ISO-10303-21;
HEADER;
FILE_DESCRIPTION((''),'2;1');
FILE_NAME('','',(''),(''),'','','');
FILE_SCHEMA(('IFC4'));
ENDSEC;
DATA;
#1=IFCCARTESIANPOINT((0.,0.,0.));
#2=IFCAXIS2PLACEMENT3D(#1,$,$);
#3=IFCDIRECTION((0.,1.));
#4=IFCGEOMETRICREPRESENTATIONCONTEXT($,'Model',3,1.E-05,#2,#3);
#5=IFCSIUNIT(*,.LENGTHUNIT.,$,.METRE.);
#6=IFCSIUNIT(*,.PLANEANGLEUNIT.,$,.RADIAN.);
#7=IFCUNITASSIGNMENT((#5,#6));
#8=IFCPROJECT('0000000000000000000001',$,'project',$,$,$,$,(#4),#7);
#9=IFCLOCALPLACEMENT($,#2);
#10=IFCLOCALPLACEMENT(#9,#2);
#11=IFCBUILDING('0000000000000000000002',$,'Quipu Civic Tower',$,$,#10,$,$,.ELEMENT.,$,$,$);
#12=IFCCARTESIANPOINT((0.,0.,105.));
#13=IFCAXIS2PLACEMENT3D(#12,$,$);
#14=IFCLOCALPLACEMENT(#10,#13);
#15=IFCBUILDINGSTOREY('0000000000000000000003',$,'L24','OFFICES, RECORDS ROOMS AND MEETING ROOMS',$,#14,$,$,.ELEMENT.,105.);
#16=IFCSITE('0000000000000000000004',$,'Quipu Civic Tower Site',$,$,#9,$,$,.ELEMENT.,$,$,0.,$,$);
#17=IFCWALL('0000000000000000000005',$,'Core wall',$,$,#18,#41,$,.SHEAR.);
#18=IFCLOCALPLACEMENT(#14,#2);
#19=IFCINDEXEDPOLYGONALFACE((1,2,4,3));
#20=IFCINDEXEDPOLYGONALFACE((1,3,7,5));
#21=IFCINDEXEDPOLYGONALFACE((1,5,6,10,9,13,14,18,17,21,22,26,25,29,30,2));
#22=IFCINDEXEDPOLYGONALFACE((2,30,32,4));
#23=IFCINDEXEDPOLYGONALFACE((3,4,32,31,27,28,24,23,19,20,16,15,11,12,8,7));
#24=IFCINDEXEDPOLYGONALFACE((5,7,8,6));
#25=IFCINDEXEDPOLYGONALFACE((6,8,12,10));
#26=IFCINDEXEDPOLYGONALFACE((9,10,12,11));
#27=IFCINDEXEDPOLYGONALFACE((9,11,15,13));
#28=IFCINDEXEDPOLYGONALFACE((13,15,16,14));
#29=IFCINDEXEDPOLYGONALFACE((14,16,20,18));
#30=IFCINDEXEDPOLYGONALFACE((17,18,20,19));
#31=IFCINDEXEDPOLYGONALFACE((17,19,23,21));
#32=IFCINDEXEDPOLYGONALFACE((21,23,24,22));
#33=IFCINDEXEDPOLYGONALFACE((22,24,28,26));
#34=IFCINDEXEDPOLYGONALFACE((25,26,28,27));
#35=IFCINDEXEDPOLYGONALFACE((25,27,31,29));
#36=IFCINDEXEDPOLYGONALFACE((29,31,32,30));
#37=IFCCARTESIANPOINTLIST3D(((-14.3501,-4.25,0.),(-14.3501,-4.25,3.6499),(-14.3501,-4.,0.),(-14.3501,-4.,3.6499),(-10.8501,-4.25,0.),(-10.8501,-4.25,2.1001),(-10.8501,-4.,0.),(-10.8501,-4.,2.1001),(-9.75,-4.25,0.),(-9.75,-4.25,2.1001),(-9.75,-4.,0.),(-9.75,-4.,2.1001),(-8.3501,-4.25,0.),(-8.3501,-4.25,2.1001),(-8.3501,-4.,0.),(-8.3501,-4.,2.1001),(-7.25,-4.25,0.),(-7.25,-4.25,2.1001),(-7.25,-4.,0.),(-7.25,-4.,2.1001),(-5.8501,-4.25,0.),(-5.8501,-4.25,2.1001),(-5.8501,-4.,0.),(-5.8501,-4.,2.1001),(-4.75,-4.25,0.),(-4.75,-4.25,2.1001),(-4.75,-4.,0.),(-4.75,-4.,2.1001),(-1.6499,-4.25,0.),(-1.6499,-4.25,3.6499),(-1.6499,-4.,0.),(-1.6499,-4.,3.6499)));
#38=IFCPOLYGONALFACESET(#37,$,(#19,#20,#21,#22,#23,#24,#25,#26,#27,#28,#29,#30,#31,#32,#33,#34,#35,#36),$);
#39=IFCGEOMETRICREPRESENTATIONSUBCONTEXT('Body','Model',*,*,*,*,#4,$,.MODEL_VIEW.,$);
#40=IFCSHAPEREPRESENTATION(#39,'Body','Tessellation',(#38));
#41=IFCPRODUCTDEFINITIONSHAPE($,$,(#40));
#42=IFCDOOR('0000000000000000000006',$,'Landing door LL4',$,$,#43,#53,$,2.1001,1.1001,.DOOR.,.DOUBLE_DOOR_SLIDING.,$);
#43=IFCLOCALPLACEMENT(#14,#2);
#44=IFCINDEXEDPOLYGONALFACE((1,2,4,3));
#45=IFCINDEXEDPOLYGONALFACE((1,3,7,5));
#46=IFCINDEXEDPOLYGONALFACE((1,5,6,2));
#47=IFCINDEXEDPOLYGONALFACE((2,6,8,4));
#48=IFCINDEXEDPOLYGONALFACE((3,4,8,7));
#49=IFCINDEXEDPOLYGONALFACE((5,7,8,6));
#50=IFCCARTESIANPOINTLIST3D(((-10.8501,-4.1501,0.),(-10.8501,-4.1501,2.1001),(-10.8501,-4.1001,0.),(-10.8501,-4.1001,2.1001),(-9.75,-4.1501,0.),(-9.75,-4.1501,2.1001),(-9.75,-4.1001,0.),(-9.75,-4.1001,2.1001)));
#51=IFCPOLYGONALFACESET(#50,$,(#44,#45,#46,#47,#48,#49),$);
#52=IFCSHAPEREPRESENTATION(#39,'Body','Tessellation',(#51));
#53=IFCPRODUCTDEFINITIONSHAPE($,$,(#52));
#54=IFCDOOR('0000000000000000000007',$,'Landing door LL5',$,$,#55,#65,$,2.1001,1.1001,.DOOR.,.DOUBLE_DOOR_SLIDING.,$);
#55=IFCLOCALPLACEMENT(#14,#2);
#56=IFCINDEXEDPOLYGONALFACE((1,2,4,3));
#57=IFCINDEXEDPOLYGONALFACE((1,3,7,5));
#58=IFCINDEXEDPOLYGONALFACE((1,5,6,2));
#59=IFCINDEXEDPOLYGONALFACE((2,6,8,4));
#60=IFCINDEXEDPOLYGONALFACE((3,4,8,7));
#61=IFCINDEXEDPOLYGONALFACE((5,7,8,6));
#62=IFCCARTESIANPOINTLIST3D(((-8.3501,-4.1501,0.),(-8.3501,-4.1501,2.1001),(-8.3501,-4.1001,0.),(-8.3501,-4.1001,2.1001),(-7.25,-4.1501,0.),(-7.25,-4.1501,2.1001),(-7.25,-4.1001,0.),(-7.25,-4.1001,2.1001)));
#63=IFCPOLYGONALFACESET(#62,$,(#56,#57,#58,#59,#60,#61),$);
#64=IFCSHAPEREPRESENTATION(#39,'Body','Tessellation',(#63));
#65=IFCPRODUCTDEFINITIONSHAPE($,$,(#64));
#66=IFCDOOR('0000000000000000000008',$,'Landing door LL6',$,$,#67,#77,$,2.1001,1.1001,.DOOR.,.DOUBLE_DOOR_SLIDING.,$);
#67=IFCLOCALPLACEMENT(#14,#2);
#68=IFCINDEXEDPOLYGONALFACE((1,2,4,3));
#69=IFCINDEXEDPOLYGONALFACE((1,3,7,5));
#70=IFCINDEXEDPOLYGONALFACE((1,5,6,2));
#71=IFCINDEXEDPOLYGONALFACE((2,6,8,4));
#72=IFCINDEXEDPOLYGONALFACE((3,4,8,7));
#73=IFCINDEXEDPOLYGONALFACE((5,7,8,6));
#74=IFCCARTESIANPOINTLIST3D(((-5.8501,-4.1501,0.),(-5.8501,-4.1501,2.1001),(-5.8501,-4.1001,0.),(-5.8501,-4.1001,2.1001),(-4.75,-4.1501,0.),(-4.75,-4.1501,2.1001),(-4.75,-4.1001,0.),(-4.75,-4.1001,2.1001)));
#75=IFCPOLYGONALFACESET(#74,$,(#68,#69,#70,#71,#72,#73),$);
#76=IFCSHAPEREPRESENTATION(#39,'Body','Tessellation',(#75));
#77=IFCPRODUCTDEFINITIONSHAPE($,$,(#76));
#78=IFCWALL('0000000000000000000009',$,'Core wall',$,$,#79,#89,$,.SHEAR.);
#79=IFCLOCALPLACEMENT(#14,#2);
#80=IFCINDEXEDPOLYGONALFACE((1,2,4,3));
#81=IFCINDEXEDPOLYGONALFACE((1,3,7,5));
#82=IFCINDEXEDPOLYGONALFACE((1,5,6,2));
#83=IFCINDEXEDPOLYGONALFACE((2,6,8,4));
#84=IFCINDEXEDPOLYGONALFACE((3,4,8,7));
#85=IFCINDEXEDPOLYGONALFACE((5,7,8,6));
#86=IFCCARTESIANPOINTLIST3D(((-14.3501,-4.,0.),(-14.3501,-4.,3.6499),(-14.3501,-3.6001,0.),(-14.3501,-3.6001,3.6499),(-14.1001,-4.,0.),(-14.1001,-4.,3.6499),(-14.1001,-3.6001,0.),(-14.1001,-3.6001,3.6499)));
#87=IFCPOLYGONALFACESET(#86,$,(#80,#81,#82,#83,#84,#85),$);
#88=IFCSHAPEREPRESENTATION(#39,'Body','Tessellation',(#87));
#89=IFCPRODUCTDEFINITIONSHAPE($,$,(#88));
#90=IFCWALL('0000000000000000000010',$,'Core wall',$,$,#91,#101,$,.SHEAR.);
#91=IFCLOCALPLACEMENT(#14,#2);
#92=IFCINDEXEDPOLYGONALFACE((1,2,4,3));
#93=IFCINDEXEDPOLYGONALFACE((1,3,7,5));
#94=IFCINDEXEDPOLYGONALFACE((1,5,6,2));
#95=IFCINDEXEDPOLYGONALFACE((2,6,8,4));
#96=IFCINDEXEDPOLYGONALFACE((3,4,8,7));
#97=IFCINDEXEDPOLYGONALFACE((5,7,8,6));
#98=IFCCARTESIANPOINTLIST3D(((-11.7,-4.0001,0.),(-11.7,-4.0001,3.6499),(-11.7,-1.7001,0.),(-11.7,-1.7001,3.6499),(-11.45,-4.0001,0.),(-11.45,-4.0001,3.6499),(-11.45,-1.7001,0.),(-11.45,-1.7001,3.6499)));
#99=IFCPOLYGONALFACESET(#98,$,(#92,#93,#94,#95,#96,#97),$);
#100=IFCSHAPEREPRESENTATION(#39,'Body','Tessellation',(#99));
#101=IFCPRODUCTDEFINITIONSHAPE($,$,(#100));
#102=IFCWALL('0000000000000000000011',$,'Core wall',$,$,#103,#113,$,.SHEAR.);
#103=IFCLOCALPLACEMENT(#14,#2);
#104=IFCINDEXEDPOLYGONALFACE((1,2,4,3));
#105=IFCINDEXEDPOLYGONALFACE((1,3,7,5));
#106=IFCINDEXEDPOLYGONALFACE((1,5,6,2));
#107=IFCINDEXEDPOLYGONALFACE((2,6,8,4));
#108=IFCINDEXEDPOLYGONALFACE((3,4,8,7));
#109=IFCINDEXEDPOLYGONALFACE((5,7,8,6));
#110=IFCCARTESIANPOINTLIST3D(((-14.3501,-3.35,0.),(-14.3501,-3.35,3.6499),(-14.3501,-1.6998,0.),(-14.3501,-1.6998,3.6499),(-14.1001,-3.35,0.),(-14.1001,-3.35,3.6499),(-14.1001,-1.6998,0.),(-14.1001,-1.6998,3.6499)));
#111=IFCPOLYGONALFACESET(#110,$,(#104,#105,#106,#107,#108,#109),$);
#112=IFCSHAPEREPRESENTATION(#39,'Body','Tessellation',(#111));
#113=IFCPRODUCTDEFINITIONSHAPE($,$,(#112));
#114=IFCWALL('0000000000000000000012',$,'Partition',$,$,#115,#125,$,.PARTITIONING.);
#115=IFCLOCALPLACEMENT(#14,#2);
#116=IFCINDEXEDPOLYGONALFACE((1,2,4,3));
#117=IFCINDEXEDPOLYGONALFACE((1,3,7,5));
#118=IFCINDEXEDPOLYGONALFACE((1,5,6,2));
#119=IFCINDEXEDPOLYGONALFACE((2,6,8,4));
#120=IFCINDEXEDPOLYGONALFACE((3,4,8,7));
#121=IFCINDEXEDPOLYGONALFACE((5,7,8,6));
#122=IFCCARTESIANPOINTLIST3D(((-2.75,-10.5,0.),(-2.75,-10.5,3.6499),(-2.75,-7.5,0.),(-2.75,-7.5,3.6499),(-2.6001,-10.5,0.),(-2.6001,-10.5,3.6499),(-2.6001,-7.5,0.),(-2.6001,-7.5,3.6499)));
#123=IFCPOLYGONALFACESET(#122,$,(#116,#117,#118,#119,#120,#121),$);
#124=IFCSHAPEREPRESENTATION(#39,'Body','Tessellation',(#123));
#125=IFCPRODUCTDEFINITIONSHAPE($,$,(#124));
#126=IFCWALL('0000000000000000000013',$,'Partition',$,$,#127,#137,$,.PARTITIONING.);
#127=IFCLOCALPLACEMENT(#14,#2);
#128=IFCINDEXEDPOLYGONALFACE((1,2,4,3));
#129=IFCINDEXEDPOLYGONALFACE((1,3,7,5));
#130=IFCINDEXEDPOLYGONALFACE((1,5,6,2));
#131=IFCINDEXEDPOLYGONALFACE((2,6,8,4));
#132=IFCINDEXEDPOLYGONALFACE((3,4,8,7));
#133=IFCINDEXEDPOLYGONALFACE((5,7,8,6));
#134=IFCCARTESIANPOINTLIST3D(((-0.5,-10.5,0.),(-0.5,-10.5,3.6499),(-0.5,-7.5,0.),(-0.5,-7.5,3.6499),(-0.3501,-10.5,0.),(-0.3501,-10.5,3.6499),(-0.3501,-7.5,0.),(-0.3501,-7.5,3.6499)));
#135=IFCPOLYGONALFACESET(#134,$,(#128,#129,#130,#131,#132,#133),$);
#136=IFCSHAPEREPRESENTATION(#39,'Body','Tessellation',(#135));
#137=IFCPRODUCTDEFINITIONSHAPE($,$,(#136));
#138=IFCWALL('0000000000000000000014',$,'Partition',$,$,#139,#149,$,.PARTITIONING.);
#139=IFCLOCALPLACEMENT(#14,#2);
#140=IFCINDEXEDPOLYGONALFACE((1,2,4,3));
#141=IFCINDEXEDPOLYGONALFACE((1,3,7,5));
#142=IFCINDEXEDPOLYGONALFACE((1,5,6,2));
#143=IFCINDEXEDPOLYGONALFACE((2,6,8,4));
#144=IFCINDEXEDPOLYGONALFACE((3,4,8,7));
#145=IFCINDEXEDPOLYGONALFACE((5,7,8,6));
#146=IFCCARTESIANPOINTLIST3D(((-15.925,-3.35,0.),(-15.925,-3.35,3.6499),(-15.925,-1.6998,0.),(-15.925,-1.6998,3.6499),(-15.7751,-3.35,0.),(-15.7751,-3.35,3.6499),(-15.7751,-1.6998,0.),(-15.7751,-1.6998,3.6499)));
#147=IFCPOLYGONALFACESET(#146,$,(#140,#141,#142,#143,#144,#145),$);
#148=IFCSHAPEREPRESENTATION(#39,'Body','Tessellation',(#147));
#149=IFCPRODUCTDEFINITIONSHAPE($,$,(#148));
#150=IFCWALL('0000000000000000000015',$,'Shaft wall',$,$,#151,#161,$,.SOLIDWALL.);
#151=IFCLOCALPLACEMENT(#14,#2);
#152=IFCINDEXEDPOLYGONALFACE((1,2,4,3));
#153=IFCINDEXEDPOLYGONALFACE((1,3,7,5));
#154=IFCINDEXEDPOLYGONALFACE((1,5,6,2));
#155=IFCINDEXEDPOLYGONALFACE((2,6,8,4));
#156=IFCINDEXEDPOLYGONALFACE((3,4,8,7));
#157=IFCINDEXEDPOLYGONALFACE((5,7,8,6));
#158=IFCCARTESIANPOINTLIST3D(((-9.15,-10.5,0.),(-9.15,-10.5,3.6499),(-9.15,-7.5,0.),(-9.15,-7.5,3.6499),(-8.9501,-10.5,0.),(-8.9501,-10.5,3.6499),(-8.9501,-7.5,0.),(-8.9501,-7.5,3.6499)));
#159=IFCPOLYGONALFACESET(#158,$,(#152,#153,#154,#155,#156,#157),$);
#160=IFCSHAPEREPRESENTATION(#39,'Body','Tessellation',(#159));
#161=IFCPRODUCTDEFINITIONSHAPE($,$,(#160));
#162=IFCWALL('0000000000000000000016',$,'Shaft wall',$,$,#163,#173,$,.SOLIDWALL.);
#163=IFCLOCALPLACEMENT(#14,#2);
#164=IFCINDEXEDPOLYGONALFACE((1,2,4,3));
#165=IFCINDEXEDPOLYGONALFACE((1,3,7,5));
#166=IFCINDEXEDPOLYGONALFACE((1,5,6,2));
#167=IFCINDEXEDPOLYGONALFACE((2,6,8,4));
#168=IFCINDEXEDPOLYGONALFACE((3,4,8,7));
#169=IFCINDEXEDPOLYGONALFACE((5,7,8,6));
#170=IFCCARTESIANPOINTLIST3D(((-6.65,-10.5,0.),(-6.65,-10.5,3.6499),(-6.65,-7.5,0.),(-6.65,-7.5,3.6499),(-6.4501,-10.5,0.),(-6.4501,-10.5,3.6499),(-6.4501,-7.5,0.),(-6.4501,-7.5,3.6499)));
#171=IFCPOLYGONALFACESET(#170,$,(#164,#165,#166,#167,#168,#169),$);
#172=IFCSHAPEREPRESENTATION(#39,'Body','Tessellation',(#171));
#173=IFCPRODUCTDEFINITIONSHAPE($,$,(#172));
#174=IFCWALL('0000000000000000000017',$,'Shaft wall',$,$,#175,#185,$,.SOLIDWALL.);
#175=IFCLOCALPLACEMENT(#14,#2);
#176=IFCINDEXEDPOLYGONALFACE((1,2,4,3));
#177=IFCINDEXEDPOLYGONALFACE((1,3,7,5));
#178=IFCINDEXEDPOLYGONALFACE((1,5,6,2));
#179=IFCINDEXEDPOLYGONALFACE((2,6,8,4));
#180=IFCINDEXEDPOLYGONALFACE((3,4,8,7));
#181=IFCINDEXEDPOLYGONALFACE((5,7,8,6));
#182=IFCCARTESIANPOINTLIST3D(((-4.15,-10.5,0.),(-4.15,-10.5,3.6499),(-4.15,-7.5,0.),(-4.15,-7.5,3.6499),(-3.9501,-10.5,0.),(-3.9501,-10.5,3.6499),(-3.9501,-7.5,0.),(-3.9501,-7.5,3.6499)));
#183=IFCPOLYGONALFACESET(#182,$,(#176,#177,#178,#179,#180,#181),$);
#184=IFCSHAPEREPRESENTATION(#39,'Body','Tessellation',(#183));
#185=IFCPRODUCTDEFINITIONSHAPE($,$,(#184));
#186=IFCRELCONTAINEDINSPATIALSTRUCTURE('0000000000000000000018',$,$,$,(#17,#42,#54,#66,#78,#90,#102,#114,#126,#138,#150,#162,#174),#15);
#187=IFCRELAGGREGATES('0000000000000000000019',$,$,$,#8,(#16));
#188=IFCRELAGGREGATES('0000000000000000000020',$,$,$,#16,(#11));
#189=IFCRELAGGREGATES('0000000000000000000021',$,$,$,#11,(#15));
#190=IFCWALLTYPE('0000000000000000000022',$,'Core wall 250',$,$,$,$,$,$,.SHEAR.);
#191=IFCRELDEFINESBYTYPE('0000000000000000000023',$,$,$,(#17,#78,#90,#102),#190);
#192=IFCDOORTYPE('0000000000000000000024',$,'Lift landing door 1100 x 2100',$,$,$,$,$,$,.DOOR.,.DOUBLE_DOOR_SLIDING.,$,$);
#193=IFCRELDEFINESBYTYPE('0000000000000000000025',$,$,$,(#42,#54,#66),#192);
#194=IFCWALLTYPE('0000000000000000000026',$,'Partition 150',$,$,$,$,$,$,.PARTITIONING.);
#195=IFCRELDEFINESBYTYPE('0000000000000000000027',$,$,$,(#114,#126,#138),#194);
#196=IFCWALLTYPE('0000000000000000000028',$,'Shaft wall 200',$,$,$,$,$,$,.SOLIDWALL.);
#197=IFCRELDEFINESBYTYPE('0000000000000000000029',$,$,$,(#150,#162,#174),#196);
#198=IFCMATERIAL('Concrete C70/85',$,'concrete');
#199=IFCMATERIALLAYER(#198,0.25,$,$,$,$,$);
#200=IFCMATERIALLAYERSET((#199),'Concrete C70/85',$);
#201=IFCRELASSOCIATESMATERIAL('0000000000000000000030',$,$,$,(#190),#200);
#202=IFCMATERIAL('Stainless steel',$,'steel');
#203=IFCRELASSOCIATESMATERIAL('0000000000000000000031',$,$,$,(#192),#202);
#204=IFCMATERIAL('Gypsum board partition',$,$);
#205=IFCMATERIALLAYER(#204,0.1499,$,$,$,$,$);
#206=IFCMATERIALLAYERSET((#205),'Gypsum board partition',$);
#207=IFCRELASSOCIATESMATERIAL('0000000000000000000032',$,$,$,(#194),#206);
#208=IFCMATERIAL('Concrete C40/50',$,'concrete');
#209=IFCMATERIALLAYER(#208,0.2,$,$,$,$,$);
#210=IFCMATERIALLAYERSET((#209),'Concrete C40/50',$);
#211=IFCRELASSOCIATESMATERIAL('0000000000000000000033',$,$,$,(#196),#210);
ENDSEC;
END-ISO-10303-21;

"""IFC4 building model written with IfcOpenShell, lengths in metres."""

from ifc_helpers import new_model, si_unit, direction, frame, frame_2d, origin, place, context, subcontext, project, spatial, rectangle, extrude, material, layer, layer_set, type_object, element, fill, save


model = new_model("IFC4")

# Units and contexts
model_context = context("Model", 3, precision=1e-05, world=origin(), true_north=direction((0.0, 1.0)))
body_context = subcontext(model_context, "Body", "Model", "MODEL_VIEW")
ifc_project = project(units=[si_unit("LENGTHUNIT", "METRE"), si_unit("PLANEANGLEUNIT", "RADIAN")], contexts=[model_context])

# Site, building, storey
site_placement = place(None, origin())
site = spatial("IfcSite", under=ifc_project, at=site_placement, Name="Quipu Civic Tower Site", CompositionType="ELEMENT", RefElevation=0.0)
building_placement = place(site_placement, origin())
building = spatial("IfcBuilding", under=site, at=building_placement, Name="Quipu Civic Tower", CompositionType="ELEMENT")
storey_placement = place(building_placement, frame((0.0, 0.0, 105.0)))
storey = spatial("IfcBuildingStorey", under=building, at=storey_placement, Name="L24", Description="OFFICES, RECORDS ROOMS AND MEETING ROOMS", CompositionType="ELEMENT", Elevation=105.0)

# Shared definitions
ifc_material_1 = material(Name="Concrete C70/85", Category="concrete")
ifc_layer_1 = layer(ifc_material_1, 0.25)
ifc_layer_set_1 = layer_set([ifc_layer_1], Name="Concrete C70/85")
wall_type_1 = type_object("IfcWallType", Name="Core wall 250", PredefinedType="SHEAR", material=ifc_layer_set_1)

# Wall, openings, doors
wall_1_placement = place(storey_placement, frame((-14.3501, -4.125, 0.0), z_axis=(0.0, 0.0, 1.0), x_axis=(1.0, 0.0, 0.0)))
wall_1 = element("IfcWall", 1, at=wall_1_placement, inside=storey, type_object=wall_type_1, Name="Core wall", PredefinedType="SHEAR", context=body_context, shape_type="SweptSolid", body=[
    extrude(rectangle(XDim=12.7002, YDim=0.25, at=frame_2d((6.3501, 0.0))), origin(), (0.0, 0.0, 1.0), 3.6499),
])
opening_1_placement = place(wall_1_placement, frame((3.5, 0.0, 0.0)))
opening_1 = element("IfcOpeningElement", 2, at=opening_1_placement, cuts=wall_1, PredefinedType="OPENING", context=body_context, shape_type="SweptSolid", body=[
    extrude(rectangle(XDim=1.1001, YDim=2.1001, at=frame_2d((0.55, 1.05))), frame((0.0, 0.135, 0.0), z_axis=(0.0, -1.0, 0.0), x_axis=(1.0, 0.0, 0.0)), (0.0, 0.0, 1.0), 0.27),
])
opening_2_placement = place(wall_1_placement, frame((6.0, 0.0, 0.0)))
opening_2 = element("IfcOpeningElement", 3, at=opening_2_placement, cuts=wall_1, PredefinedType="OPENING", context=body_context, shape_type="SweptSolid", body=[
    extrude(rectangle(XDim=1.1001, YDim=2.1001, at=frame_2d((0.55, 1.05))), frame((0.0, 0.135, 0.0), z_axis=(0.0, -1.0, 0.0), x_axis=(1.0, 0.0, 0.0)), (0.0, 0.0, 1.0), 0.27),
])
opening_3_placement = place(wall_1_placement, frame((8.5, 0.0, 0.0)))
opening_3 = element("IfcOpeningElement", 4, at=opening_3_placement, cuts=wall_1, PredefinedType="OPENING", context=body_context, shape_type="SweptSolid", body=[
    extrude(rectangle(XDim=1.1001, YDim=2.1001, at=frame_2d((0.55, 1.05))), frame((0.0, 0.135, 0.0), z_axis=(0.0, -1.0, 0.0), x_axis=(1.0, 0.0, 0.0)), (0.0, 0.0, 1.0), 0.27),
])
ifc_material_2 = material(Name="Stainless steel", Category="steel")
door_type_1 = type_object("IfcDoorType", Name="Lift landing door 1100 x 2100", OperationType="DOUBLE_DOOR_SLIDING", PredefinedType="DOOR", material=ifc_material_2)
door_1_placement = place(opening_1_placement, origin())
door_1 = element("IfcDoor", 5, at=door_1_placement, inside=storey, type_object=door_type_1, Name="Landing door LL4", OperationType="DOUBLE_DOOR_SLIDING", OverallHeight=2.1001, OverallWidth=1.1001, PredefinedType="DOOR", context=body_context, shape_type="SweptSolid", body=[
    extrude(rectangle(XDim=1.1001, YDim=2.1001, at=frame_2d((0.55, 1.05))), frame((0.0, 0.0249, 0.0), z_axis=(0.0, -1.0, 0.0), x_axis=(1.0, 0.0, 0.0)), (0.0, 0.0, 1.0), 0.05),
])
fill(opening_1, door_1)
door_2_placement = place(opening_2_placement, origin())
door_2 = element("IfcDoor", 6, at=door_2_placement, inside=storey, type_object=door_type_1, Name="Landing door LL5", OperationType="DOUBLE_DOOR_SLIDING", OverallHeight=2.1001, OverallWidth=1.1001, PredefinedType="DOOR", context=body_context, shape_type="SweptSolid", body=[
    extrude(rectangle(XDim=1.1001, YDim=2.1001, at=frame_2d((0.55, 1.05))), frame((0.0, 0.0249, 0.0), z_axis=(0.0, -1.0, 0.0), x_axis=(1.0, 0.0, 0.0)), (0.0, 0.0, 1.0), 0.05),
])
fill(opening_2, door_2)
door_3_placement = place(opening_3_placement, origin())
door_3 = element("IfcDoor", 7, at=door_3_placement, inside=storey, type_object=door_type_1, Name="Landing door LL6", OperationType="DOUBLE_DOOR_SLIDING", OverallHeight=2.1001, OverallWidth=1.1001, PredefinedType="DOOR", context=body_context, shape_type="SweptSolid", body=[
    extrude(rectangle(XDim=1.1001, YDim=2.1001, at=frame_2d((0.55, 1.05))), frame((0.0, 0.0249, 0.0), z_axis=(0.0, -1.0, 0.0), x_axis=(1.0, 0.0, 0.0)), (0.0, 0.0, 1.0), 0.05),
])
fill(opening_3, door_3)

# Walls
wall_2_placement = place(storey_placement, frame((-14.2251, -4.0, 0.0), z_axis=(0.0, 0.0, 1.0), x_axis=(0.0, 1.0, 0.0)))
element("IfcWall", 8, at=wall_2_placement, inside=storey, type_object=wall_type_1, Name="Core wall", PredefinedType="SHEAR", context=body_context, shape_type="SweptSolid", body=[
    extrude(rectangle(XDim=0.3999, YDim=0.25, at=frame_2d((0.2, 0.0))), origin(), (0.0, 0.0, 1.0), 3.6499),
])
wall_3_placement = place(storey_placement, frame((-11.575, -4.0, 0.0), z_axis=(0.0, 0.0, 1.0), x_axis=(0.0, 1.0, 0.0)))
element("IfcWall", 9, at=wall_3_placement, inside=storey, type_object=wall_type_1, Name="Core wall", PredefinedType="SHEAR", context=body_context, shape_type="SweptSolid", body=[
    extrude(rectangle(XDim=2.3, YDim=0.25, at=frame_2d((1.1499, 0.0))), origin(), (0.0, 0.0, 1.0), 3.6499),
])
wall_4_placement = place(storey_placement, frame((-14.2251, -3.3501, 0.0), z_axis=(0.0, 0.0, 1.0), x_axis=(0.0, 1.0, 0.0)))
element("IfcWall", 10, at=wall_4_placement, inside=storey, type_object=wall_type_1, Name="Core wall", PredefinedType="SHEAR", context=body_context, shape_type="SweptSolid", body=[
    extrude(rectangle(XDim=1.6501, YDim=0.25, at=frame_2d((0.8252, 0.0))), origin(), (0.0, 0.0, 1.0), 3.6499),
])
ifc_material_3 = material(Name="Gypsum board partition")
ifc_layer_2 = layer(ifc_material_3, 0.1499)
ifc_layer_set_2 = layer_set([ifc_layer_2], Name="Gypsum board partition")
wall_type_2 = type_object("IfcWallType", Name="Partition 150", PredefinedType="PARTITIONING", material=ifc_layer_set_2)
for number, where, z_axis, x_axis, name in (
    (11, (-2.675, -10.5, 0.0), (0.0, 0.0, 1.0), (0.0, 1.0, 0.0), "Partition"),
    (12, (-0.425, -10.5, 0.0), (0.0, 0.0, 1.0), (0.0, 1.0, 0.0), "Partition"),
):
    element("IfcWall", number, at=place(storey_placement, frame(where, z_axis=z_axis, x_axis=x_axis)), inside=storey, type_object=wall_type_2, Name=name, PredefinedType="PARTITIONING", context=body_context, shape_type="SweptSolid", body=[
        extrude(rectangle(XDim=3.0, YDim=0.1499, at=frame_2d((1.5, 0.0))), origin(), (0.0, 0.0, 1.0), 3.6499),
    ])
wall_5_placement = place(storey_placement, frame((-15.8501, -3.3501, 0.0), z_axis=(0.0, 0.0, 1.0), x_axis=(0.0, 1.0, 0.0)))
element("IfcWall", 13, at=wall_5_placement, inside=storey, type_object=wall_type_2, Name="Partition", PredefinedType="PARTITIONING", context=body_context, shape_type="SweptSolid", body=[
    extrude(rectangle(XDim=1.6501, YDim=0.1499, at=frame_2d((0.8252, 0.0))), origin(), (0.0, 0.0, 1.0), 3.6499),
])
ifc_material_4 = material(Name="Concrete C40/50", Category="concrete")
ifc_layer_3 = layer(ifc_material_4, 0.2)
ifc_layer_set_3 = layer_set([ifc_layer_3], Name="Concrete C40/50")
wall_type_3 = type_object("IfcWallType", Name="Shaft wall 200", PredefinedType="SOLIDWALL", material=ifc_layer_set_3)
for number, where, z_axis, x_axis, name in (
    (14, (-9.05, -10.5, 0.0), (0.0, 0.0, 1.0), (0.0, 1.0, 0.0), "Shaft wall"),
    (15, (-6.55, -10.5, 0.0), (0.0, 0.0, 1.0), (0.0, 1.0, 0.0), "Shaft wall"),
    (16, (-4.05, -10.5, 0.0), (0.0, 0.0, 1.0), (0.0, 1.0, 0.0), "Shaft wall"),
):
    element("IfcWall", number, at=place(storey_placement, frame(where, z_axis=z_axis, x_axis=x_axis)), inside=storey, type_object=wall_type_3, Name=name, PredefinedType="SOLIDWALL", context=body_context, shape_type="SweptSolid", body=[
        extrude(rectangle(XDim=3.0, YDim=0.2, at=frame_2d((1.5, 0.0))), origin(), (0.0, 0.0, 1.0), 3.6499),
    ])

save(model, "model.ifc")
